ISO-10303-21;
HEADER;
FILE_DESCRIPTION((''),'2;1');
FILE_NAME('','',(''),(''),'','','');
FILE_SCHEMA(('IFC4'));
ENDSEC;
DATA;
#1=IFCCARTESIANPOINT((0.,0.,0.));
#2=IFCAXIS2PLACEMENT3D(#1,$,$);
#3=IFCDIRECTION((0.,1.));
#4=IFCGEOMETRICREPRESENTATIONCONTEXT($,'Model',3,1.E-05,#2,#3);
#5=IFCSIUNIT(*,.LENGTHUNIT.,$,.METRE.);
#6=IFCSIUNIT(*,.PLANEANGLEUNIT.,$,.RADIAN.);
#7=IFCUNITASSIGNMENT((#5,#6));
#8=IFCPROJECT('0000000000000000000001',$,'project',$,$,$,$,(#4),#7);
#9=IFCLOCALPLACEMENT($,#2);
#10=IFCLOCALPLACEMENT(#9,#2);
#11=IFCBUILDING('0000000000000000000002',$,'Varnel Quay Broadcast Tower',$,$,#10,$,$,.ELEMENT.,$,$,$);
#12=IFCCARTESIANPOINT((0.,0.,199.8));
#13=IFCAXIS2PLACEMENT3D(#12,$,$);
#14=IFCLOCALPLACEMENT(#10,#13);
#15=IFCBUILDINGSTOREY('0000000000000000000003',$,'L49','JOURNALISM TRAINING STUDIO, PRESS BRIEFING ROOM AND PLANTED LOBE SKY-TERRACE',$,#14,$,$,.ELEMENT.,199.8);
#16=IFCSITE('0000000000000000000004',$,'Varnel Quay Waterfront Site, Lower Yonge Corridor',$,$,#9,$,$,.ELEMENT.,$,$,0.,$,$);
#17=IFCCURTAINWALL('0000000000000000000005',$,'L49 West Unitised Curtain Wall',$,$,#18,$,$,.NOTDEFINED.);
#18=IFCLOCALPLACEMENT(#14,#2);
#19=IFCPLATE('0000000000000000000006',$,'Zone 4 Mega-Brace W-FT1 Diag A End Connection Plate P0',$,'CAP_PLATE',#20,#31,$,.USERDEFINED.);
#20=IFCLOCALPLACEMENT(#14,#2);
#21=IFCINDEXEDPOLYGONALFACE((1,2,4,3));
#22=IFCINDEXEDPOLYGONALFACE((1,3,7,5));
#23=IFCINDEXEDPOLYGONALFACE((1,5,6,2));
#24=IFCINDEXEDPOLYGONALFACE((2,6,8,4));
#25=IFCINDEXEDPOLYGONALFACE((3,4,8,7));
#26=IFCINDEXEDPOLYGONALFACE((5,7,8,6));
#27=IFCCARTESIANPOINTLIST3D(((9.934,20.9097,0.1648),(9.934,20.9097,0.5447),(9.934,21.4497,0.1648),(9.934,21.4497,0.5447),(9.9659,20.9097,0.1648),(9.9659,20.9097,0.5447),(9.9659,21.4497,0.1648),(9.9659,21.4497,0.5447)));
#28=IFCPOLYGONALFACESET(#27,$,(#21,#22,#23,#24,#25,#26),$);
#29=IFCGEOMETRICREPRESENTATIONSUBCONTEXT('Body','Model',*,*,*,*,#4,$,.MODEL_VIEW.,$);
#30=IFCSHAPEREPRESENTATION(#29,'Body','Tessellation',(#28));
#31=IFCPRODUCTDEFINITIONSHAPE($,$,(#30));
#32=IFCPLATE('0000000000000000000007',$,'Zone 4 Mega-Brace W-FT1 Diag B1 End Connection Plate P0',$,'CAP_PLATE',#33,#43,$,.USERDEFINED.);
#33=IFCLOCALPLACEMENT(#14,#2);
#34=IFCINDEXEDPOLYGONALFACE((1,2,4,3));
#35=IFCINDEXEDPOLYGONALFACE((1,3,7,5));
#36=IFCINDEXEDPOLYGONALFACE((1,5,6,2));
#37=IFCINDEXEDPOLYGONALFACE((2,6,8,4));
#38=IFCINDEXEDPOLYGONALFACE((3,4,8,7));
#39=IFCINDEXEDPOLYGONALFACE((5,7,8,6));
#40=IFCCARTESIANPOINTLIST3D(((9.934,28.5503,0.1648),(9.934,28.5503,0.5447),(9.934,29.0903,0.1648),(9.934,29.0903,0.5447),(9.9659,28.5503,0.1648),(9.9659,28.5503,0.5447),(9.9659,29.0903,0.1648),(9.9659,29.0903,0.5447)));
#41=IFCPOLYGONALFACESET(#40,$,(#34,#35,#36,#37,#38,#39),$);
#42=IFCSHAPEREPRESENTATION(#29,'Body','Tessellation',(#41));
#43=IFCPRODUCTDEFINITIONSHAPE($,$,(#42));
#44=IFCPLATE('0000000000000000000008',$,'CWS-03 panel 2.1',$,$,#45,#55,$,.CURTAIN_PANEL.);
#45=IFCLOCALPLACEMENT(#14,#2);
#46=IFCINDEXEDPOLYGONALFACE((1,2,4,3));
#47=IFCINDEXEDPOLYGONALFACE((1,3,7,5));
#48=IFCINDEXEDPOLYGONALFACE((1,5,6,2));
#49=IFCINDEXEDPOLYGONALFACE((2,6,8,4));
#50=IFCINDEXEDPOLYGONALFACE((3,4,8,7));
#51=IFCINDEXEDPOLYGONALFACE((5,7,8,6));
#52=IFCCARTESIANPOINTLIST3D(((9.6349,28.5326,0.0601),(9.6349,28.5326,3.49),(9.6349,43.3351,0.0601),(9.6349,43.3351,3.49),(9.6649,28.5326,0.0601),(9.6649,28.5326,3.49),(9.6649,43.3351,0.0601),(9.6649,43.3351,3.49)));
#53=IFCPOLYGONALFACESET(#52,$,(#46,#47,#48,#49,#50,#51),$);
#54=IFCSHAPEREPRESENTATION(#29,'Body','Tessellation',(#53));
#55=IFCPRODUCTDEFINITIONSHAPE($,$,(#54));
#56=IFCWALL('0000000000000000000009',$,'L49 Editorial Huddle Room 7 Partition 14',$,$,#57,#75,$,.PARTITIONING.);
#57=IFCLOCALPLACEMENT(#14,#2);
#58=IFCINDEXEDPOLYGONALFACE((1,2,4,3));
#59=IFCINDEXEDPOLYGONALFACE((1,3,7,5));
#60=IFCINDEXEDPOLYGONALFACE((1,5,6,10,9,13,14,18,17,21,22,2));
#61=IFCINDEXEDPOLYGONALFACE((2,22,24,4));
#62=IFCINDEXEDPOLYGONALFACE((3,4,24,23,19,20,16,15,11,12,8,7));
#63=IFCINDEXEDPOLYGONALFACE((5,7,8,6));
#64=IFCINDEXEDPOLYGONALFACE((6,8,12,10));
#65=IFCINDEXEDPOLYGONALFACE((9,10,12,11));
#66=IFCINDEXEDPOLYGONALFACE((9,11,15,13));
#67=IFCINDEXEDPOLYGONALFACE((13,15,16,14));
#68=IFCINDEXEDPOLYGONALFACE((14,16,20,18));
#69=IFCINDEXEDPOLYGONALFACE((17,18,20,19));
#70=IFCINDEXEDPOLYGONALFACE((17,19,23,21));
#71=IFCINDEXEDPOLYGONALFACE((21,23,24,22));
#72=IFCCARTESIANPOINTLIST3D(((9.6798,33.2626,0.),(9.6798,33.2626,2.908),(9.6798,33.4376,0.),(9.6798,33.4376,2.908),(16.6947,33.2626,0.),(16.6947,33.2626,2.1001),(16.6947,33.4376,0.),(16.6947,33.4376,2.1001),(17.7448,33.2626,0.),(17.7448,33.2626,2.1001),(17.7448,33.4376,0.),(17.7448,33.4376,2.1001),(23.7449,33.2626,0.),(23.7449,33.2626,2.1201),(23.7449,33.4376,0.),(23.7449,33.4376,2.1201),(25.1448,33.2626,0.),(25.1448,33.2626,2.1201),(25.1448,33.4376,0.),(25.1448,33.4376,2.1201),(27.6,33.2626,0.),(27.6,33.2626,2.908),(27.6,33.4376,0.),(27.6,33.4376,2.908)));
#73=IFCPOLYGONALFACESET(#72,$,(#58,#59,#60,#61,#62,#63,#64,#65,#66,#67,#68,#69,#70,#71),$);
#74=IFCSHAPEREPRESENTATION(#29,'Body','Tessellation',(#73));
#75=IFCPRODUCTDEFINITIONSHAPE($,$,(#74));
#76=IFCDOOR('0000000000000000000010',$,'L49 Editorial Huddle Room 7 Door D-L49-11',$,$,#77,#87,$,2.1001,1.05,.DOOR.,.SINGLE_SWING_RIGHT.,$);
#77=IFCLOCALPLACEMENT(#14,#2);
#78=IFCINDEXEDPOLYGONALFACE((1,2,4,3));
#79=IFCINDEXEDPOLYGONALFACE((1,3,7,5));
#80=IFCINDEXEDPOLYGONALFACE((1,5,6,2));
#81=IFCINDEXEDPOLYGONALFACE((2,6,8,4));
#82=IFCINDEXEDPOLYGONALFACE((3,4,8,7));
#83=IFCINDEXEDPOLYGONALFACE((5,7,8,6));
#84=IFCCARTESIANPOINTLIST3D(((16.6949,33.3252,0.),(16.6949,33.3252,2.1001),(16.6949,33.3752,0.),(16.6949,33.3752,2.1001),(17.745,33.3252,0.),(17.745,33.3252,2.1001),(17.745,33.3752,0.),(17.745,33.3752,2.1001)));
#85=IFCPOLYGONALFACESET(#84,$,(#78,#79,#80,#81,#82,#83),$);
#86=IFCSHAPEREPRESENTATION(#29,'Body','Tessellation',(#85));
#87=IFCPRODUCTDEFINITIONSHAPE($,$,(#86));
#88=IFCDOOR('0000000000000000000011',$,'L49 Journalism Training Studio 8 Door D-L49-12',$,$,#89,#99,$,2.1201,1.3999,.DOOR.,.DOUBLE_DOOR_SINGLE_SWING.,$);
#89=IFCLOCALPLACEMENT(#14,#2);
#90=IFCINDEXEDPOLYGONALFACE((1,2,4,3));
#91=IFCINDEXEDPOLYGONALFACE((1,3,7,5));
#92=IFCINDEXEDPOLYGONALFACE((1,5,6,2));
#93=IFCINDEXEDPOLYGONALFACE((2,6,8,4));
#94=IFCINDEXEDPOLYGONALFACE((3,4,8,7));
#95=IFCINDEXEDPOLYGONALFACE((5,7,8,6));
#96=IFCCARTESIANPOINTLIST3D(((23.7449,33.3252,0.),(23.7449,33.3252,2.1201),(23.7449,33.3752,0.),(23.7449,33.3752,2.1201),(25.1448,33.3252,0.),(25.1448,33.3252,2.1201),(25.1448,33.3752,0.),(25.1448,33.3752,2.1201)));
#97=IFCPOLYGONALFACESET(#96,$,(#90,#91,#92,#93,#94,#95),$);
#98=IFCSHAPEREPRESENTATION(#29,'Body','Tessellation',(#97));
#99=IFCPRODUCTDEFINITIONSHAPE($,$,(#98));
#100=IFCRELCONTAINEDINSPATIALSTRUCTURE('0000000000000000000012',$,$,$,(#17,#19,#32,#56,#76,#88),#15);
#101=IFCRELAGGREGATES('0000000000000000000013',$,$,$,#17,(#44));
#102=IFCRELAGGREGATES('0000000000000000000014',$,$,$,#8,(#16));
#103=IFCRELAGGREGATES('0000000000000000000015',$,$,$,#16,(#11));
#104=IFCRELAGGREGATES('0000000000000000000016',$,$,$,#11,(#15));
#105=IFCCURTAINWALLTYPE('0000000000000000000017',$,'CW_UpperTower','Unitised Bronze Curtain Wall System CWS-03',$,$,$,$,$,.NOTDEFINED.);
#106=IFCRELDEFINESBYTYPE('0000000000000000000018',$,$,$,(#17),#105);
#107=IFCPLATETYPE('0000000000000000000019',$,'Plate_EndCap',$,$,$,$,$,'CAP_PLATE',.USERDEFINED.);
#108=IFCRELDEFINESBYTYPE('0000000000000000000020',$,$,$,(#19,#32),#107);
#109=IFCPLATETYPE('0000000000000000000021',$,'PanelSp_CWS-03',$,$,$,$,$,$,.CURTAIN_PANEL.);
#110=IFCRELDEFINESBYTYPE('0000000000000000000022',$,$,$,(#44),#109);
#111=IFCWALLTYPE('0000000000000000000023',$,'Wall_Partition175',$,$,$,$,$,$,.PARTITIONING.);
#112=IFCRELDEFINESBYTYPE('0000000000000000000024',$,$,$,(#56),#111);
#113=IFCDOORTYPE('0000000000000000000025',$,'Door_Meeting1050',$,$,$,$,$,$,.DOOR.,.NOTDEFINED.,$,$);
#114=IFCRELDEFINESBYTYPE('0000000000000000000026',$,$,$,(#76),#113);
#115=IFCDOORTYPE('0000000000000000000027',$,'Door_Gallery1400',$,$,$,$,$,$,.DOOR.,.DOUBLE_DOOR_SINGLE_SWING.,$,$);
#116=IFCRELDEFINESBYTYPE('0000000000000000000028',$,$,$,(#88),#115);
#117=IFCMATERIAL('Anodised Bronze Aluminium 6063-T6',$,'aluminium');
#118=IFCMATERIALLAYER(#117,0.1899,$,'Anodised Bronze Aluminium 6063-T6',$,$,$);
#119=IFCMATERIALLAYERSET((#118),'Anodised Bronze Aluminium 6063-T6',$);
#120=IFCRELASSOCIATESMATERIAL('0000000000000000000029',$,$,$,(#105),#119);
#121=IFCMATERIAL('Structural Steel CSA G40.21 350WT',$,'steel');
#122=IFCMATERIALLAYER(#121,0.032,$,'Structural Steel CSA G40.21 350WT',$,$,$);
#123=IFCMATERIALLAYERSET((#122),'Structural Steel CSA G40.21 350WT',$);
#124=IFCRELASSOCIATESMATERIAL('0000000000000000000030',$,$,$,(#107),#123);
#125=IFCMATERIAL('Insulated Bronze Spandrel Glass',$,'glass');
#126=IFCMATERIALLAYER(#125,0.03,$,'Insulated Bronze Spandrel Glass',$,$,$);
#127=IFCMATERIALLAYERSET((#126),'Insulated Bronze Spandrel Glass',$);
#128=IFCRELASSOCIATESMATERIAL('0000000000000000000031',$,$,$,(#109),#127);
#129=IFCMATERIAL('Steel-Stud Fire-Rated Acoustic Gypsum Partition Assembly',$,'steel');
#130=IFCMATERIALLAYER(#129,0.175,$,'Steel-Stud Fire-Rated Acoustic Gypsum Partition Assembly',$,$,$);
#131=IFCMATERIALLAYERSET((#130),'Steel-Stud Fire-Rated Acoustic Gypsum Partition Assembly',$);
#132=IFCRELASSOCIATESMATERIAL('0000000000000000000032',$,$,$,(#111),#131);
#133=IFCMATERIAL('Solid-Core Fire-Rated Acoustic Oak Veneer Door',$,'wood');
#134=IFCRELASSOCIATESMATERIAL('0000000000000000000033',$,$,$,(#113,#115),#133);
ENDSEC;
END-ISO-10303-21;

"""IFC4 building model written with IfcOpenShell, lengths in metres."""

from ifc_helpers import new_model, si_unit, direction, frame, frame_2d, origin, origin_2d, place, context, subcontext, project, spatial, rectangle, extrude, source, transform, mapped, material, layer, layer_set, type_object, type_shapes, element, fill, aggregate, save


model = new_model("IFC4")

# Units and contexts
model_context = context("Model", 3, precision=1e-05, world=origin(), true_north=direction((0.0, 1.0)))
body_context = subcontext(model_context, "Body", "Model", "MODEL_VIEW")
ifc_project = project(units=[si_unit("LENGTHUNIT", "METRE"), si_unit("PLANEANGLEUNIT", "RADIAN")], contexts=[model_context])

# Site, building, storey
site_placement = place(None, origin())
site = spatial("IfcSite", under=ifc_project, at=site_placement, Name="Varnel Quay Waterfront Site, Lower Yonge Corridor", CompositionType="ELEMENT", RefElevation=0.0)
building_placement = place(site_placement, origin())
building = spatial("IfcBuilding", under=site, at=building_placement, Name="Varnel Quay Broadcast Tower", CompositionType="ELEMENT")
storey_placement = place(building_placement, frame((0.0, 0.0, 199.8)))
storey = spatial("IfcBuildingStorey", under=building, at=storey_placement, Name="L49", Description="JOURNALISM TRAINING STUDIO, PRESS BRIEFING ROOM AND PLANTED LOBE SKY-TERRACE", CompositionType="ELEMENT", Elevation=199.8)

# Curtain wall
ifc_material_1 = material(Name="Anodised Bronze Aluminium 6063-T6", Category="aluminium")
ifc_layer_1 = layer(ifc_material_1, 0.1899, Name="Anodised Bronze Aluminium 6063-T6")
ifc_layer_set_1 = layer_set([ifc_layer_1], Name="Anodised Bronze Aluminium 6063-T6")
curtain_wall_type = type_object("IfcCurtainWallType", Name="CW_UpperTower", Description="Unitised Bronze Curtain Wall System CWS-03", PredefinedType="NOTDEFINED", material=ifc_layer_set_1)
curtain_wall_placement = place(storey_placement, origin())
curtain_wall = element("IfcCurtainWall", 1, at=curtain_wall_placement, inside=storey, type_object=curtain_wall_type, Name="L49 West Unitised Curtain Wall", PredefinedType="NOTDEFINED")

# Plates
ifc_material_2 = material(Name="Structural Steel CSA G40.21 350WT", Category="steel")
ifc_layer_2 = layer(ifc_material_2, 0.032, Name="Structural Steel CSA G40.21 350WT")
ifc_layer_set_2 = layer_set([ifc_layer_2], Name="Structural Steel CSA G40.21 350WT")
plate_type_1 = type_object("IfcPlateType", Name="Plate_EndCap", ElementType="CAP_PLATE", PredefinedType="USERDEFINED", material=ifc_layer_set_2)
shared_shape_1 = source(origin(), body_context, "Body", "SweptSolid", [
    extrude(rectangle(XDim=0.54, YDim=0.032, at=origin_2d()), origin(), (0.0, 0.0, 1.0), 0.3799),
])
type_shapes(plate_type_1, [shared_shape_1])
for number, where, z_axis, x_axis, name in (
    (2, (9.95, 21.1797, 0.1648), (0.0, 0.0, 1.0), (0.0, 1.0, 0.0), "Zone 4 Mega-Brace W-FT1 Diag A End Connection Plate P0"),
    (3, (9.95, 28.8203, 0.1648), (0.0, 0.0, 1.0), (0.0, 1.0, 0.0), "Zone 4 Mega-Brace W-FT1 Diag B1 End Connection Plate P0"),
):
    element("IfcPlate", number, at=place(storey_placement, frame(where, z_axis=z_axis, x_axis=x_axis)), inside=storey, type_object=plate_type_1, Name=name, ObjectType="CAP_PLATE", PredefinedType="USERDEFINED", context=body_context, shape_type="MappedRepresentation", body=[
        mapped(shared_shape_1, transform((0.0, 0.0, 0.0), x_axis=(1.0, 0.0, 0.0), y_axis=(0.0, 1.0, 0.0), z_axis=(0.0, 0.0, 1.0), scale=1.0)),
    ])

# Plate
ifc_material_3 = material(Name="Insulated Bronze Spandrel Glass", Category="glass")
ifc_layer_3 = layer(ifc_material_3, 0.03, Name="Insulated Bronze Spandrel Glass")
ifc_layer_set_3 = layer_set([ifc_layer_3], Name="Insulated Bronze Spandrel Glass")
plate_type_2 = type_object("IfcPlateType", Name="PanelSp_CWS-03", PredefinedType="CURTAIN_PANEL", material=ifc_layer_set_3)
shared_shape_2 = source(origin(), body_context, "Body", "SweptSolid", [
    extrude(rectangle(XDim=14.8025, YDim=0.03, at=origin_2d()), origin(), (0.0, 0.0, 1.0), 3.4299),
])
type_shapes(plate_type_2, [shared_shape_2])
plate_placement = place(storey_placement, frame((9.6499, 35.9338, 0.0601), z_axis=(0.0, 0.0, 1.0), x_axis=(0.0, 1.0, 0.0)))
plate = element("IfcPlate", 4, at=plate_placement, type_object=plate_type_2, Name="CWS-03 panel 2.1", PredefinedType="CURTAIN_PANEL", context=body_context, shape_type="MappedRepresentation", body=[
    mapped(shared_shape_2, transform((0.0, 0.0, 0.0), x_axis=(1.0, 0.0, 0.0), y_axis=(0.0, 1.0, 0.0), z_axis=(0.0, 0.0, 1.0), scale=1.0)),
])
aggregate(curtain_wall, [plate])

# Wall, openings, doors
ifc_material_4 = material(Name="Steel-Stud Fire-Rated Acoustic Gypsum Partition Assembly", Category="steel")
ifc_layer_4 = layer(ifc_material_4, 0.175, Name="Steel-Stud Fire-Rated Acoustic Gypsum Partition Assembly")
ifc_layer_set_4 = layer_set([ifc_layer_4], Name="Steel-Stud Fire-Rated Acoustic Gypsum Partition Assembly")
wall_type_1 = type_object("IfcWallType", Name="Wall_Partition175", PredefinedType="PARTITIONING", material=ifc_layer_set_4)
wall_1_placement = place(storey_placement, frame((9.6799, 33.3501, 0.0), z_axis=(0.0, 0.0, 1.0), x_axis=(1.0, 0.0, 0.0)))
wall_1 = element("IfcWall", 5, at=wall_1_placement, inside=storey, type_object=wall_type_1, Name="L49 Editorial Huddle Room 7 Partition 14", PredefinedType="PARTITIONING", context=body_context, shape_type="SweptSolid", body=[
    extrude(rectangle(XDim=17.9202, YDim=0.175, at=frame_2d((8.96, 0.0))), origin(), (0.0, 0.0, 1.0), 2.908),
])
opening_1_placement = place(wall_1_placement, frame((7.0149, 0.0, 0.0)))
opening_1 = element("IfcOpeningElement", 6, at=opening_1_placement, cuts=wall_1, PredefinedType="OPENING", context=body_context, shape_type="SweptSolid", body=[
    extrude(rectangle(XDim=1.05, YDim=2.1001, at=frame_2d((0.5249, 1.05))), frame((0.0, 0.0977, 0.0), z_axis=(0.0, -1.0, 0.0), x_axis=(1.0, 0.0, 0.0)), (0.0, 0.0, 1.0), 0.1951),
])
opening_2_placement = place(wall_1_placement, frame((14.0649, 0.0, 0.0)))
opening_2 = element("IfcOpeningElement", 7, at=opening_2_placement, cuts=wall_1, PredefinedType="OPENING", context=body_context, shape_type="SweptSolid", body=[
    extrude(rectangle(XDim=1.3999, YDim=2.1201, at=frame_2d((0.7, 1.0601))), frame((0.0, 0.0977, 0.0), z_axis=(0.0, -1.0, 0.0), x_axis=(1.0, 0.0, 0.0)), (0.0, 0.0, 1.0), 0.1951),
])
ifc_material_5 = material(Name="Solid-Core Fire-Rated Acoustic Oak Veneer Door", Category="wood")
door_type_1 = type_object("IfcDoorType", Name="Door_Meeting1050", OperationType="NOTDEFINED", PredefinedType="DOOR", material=ifc_material_5)
shared_shape_3 = source(origin(), body_context, "Body", "SweptSolid", [
    extrude(rectangle(XDim=1.05, YDim=2.1001, at=frame_2d((0.5249, 1.05))), frame((0.0, 0.0249, 0.0), z_axis=(0.0, -1.0, 0.0), x_axis=(1.0, 0.0, 0.0)), (0.0, 0.0, 1.0), 0.05),
])
type_shapes(door_type_1, [shared_shape_3])
door_1_placement = place(opening_1_placement, frame((1.05, 0.0, 0.0), z_axis=(0.0, 0.0, 1.0), x_axis=(-1.0, 0.0, 0.0)))
door_1 = element("IfcDoor", 8, at=door_1_placement, inside=storey, type_object=door_type_1, Name="L49 Editorial Huddle Room 7 Door D-L49-11", OperationType="SINGLE_SWING_RIGHT", OverallHeight=2.1001, OverallWidth=1.05, PredefinedType="DOOR", context=body_context, shape_type="MappedRepresentation", body=[
    mapped(shared_shape_3, transform((0.0, 0.0, 0.0), x_axis=(1.0, 0.0, 0.0), y_axis=(0.0, 1.0, 0.0), z_axis=(0.0, 0.0, 1.0), scale=1.0)),
])
fill(opening_1, door_1)
door_type_2 = type_object("IfcDoorType", Name="Door_Gallery1400", OperationType="DOUBLE_DOOR_SINGLE_SWING", PredefinedType="DOOR", material=ifc_material_5)
shared_shape_4 = source(origin(), body_context, "Body", "SweptSolid", [
    extrude(rectangle(XDim=1.3999, YDim=2.1201, at=frame_2d((0.7, 1.0601))), frame((0.0, 0.0249, 0.0), z_axis=(0.0, -1.0, 0.0), x_axis=(1.0, 0.0, 0.0)), (0.0, 0.0, 1.0), 0.05),
])
type_shapes(door_type_2, [shared_shape_4])
door_2_placement = place(opening_2_placement, frame((1.3999, 0.0, 0.0), z_axis=(0.0, 0.0, 1.0), x_axis=(-1.0, 0.0, 0.0)))
door_2 = element("IfcDoor", 9, at=door_2_placement, inside=storey, type_object=door_type_2, Name="L49 Journalism Training Studio 8 Door D-L49-12", OperationType="DOUBLE_DOOR_SINGLE_SWING", OverallHeight=2.1201, OverallWidth=1.3999, PredefinedType="DOOR", context=body_context, shape_type="MappedRepresentation", body=[
    mapped(shared_shape_4, transform((0.0, 0.0, 0.0), x_axis=(1.0, 0.0, 0.0), y_axis=(0.0, 1.0, 0.0), z_axis=(0.0, 0.0, 1.0), scale=1.0)),
])
fill(opening_2, door_2)

save(model, "model.ifc")
